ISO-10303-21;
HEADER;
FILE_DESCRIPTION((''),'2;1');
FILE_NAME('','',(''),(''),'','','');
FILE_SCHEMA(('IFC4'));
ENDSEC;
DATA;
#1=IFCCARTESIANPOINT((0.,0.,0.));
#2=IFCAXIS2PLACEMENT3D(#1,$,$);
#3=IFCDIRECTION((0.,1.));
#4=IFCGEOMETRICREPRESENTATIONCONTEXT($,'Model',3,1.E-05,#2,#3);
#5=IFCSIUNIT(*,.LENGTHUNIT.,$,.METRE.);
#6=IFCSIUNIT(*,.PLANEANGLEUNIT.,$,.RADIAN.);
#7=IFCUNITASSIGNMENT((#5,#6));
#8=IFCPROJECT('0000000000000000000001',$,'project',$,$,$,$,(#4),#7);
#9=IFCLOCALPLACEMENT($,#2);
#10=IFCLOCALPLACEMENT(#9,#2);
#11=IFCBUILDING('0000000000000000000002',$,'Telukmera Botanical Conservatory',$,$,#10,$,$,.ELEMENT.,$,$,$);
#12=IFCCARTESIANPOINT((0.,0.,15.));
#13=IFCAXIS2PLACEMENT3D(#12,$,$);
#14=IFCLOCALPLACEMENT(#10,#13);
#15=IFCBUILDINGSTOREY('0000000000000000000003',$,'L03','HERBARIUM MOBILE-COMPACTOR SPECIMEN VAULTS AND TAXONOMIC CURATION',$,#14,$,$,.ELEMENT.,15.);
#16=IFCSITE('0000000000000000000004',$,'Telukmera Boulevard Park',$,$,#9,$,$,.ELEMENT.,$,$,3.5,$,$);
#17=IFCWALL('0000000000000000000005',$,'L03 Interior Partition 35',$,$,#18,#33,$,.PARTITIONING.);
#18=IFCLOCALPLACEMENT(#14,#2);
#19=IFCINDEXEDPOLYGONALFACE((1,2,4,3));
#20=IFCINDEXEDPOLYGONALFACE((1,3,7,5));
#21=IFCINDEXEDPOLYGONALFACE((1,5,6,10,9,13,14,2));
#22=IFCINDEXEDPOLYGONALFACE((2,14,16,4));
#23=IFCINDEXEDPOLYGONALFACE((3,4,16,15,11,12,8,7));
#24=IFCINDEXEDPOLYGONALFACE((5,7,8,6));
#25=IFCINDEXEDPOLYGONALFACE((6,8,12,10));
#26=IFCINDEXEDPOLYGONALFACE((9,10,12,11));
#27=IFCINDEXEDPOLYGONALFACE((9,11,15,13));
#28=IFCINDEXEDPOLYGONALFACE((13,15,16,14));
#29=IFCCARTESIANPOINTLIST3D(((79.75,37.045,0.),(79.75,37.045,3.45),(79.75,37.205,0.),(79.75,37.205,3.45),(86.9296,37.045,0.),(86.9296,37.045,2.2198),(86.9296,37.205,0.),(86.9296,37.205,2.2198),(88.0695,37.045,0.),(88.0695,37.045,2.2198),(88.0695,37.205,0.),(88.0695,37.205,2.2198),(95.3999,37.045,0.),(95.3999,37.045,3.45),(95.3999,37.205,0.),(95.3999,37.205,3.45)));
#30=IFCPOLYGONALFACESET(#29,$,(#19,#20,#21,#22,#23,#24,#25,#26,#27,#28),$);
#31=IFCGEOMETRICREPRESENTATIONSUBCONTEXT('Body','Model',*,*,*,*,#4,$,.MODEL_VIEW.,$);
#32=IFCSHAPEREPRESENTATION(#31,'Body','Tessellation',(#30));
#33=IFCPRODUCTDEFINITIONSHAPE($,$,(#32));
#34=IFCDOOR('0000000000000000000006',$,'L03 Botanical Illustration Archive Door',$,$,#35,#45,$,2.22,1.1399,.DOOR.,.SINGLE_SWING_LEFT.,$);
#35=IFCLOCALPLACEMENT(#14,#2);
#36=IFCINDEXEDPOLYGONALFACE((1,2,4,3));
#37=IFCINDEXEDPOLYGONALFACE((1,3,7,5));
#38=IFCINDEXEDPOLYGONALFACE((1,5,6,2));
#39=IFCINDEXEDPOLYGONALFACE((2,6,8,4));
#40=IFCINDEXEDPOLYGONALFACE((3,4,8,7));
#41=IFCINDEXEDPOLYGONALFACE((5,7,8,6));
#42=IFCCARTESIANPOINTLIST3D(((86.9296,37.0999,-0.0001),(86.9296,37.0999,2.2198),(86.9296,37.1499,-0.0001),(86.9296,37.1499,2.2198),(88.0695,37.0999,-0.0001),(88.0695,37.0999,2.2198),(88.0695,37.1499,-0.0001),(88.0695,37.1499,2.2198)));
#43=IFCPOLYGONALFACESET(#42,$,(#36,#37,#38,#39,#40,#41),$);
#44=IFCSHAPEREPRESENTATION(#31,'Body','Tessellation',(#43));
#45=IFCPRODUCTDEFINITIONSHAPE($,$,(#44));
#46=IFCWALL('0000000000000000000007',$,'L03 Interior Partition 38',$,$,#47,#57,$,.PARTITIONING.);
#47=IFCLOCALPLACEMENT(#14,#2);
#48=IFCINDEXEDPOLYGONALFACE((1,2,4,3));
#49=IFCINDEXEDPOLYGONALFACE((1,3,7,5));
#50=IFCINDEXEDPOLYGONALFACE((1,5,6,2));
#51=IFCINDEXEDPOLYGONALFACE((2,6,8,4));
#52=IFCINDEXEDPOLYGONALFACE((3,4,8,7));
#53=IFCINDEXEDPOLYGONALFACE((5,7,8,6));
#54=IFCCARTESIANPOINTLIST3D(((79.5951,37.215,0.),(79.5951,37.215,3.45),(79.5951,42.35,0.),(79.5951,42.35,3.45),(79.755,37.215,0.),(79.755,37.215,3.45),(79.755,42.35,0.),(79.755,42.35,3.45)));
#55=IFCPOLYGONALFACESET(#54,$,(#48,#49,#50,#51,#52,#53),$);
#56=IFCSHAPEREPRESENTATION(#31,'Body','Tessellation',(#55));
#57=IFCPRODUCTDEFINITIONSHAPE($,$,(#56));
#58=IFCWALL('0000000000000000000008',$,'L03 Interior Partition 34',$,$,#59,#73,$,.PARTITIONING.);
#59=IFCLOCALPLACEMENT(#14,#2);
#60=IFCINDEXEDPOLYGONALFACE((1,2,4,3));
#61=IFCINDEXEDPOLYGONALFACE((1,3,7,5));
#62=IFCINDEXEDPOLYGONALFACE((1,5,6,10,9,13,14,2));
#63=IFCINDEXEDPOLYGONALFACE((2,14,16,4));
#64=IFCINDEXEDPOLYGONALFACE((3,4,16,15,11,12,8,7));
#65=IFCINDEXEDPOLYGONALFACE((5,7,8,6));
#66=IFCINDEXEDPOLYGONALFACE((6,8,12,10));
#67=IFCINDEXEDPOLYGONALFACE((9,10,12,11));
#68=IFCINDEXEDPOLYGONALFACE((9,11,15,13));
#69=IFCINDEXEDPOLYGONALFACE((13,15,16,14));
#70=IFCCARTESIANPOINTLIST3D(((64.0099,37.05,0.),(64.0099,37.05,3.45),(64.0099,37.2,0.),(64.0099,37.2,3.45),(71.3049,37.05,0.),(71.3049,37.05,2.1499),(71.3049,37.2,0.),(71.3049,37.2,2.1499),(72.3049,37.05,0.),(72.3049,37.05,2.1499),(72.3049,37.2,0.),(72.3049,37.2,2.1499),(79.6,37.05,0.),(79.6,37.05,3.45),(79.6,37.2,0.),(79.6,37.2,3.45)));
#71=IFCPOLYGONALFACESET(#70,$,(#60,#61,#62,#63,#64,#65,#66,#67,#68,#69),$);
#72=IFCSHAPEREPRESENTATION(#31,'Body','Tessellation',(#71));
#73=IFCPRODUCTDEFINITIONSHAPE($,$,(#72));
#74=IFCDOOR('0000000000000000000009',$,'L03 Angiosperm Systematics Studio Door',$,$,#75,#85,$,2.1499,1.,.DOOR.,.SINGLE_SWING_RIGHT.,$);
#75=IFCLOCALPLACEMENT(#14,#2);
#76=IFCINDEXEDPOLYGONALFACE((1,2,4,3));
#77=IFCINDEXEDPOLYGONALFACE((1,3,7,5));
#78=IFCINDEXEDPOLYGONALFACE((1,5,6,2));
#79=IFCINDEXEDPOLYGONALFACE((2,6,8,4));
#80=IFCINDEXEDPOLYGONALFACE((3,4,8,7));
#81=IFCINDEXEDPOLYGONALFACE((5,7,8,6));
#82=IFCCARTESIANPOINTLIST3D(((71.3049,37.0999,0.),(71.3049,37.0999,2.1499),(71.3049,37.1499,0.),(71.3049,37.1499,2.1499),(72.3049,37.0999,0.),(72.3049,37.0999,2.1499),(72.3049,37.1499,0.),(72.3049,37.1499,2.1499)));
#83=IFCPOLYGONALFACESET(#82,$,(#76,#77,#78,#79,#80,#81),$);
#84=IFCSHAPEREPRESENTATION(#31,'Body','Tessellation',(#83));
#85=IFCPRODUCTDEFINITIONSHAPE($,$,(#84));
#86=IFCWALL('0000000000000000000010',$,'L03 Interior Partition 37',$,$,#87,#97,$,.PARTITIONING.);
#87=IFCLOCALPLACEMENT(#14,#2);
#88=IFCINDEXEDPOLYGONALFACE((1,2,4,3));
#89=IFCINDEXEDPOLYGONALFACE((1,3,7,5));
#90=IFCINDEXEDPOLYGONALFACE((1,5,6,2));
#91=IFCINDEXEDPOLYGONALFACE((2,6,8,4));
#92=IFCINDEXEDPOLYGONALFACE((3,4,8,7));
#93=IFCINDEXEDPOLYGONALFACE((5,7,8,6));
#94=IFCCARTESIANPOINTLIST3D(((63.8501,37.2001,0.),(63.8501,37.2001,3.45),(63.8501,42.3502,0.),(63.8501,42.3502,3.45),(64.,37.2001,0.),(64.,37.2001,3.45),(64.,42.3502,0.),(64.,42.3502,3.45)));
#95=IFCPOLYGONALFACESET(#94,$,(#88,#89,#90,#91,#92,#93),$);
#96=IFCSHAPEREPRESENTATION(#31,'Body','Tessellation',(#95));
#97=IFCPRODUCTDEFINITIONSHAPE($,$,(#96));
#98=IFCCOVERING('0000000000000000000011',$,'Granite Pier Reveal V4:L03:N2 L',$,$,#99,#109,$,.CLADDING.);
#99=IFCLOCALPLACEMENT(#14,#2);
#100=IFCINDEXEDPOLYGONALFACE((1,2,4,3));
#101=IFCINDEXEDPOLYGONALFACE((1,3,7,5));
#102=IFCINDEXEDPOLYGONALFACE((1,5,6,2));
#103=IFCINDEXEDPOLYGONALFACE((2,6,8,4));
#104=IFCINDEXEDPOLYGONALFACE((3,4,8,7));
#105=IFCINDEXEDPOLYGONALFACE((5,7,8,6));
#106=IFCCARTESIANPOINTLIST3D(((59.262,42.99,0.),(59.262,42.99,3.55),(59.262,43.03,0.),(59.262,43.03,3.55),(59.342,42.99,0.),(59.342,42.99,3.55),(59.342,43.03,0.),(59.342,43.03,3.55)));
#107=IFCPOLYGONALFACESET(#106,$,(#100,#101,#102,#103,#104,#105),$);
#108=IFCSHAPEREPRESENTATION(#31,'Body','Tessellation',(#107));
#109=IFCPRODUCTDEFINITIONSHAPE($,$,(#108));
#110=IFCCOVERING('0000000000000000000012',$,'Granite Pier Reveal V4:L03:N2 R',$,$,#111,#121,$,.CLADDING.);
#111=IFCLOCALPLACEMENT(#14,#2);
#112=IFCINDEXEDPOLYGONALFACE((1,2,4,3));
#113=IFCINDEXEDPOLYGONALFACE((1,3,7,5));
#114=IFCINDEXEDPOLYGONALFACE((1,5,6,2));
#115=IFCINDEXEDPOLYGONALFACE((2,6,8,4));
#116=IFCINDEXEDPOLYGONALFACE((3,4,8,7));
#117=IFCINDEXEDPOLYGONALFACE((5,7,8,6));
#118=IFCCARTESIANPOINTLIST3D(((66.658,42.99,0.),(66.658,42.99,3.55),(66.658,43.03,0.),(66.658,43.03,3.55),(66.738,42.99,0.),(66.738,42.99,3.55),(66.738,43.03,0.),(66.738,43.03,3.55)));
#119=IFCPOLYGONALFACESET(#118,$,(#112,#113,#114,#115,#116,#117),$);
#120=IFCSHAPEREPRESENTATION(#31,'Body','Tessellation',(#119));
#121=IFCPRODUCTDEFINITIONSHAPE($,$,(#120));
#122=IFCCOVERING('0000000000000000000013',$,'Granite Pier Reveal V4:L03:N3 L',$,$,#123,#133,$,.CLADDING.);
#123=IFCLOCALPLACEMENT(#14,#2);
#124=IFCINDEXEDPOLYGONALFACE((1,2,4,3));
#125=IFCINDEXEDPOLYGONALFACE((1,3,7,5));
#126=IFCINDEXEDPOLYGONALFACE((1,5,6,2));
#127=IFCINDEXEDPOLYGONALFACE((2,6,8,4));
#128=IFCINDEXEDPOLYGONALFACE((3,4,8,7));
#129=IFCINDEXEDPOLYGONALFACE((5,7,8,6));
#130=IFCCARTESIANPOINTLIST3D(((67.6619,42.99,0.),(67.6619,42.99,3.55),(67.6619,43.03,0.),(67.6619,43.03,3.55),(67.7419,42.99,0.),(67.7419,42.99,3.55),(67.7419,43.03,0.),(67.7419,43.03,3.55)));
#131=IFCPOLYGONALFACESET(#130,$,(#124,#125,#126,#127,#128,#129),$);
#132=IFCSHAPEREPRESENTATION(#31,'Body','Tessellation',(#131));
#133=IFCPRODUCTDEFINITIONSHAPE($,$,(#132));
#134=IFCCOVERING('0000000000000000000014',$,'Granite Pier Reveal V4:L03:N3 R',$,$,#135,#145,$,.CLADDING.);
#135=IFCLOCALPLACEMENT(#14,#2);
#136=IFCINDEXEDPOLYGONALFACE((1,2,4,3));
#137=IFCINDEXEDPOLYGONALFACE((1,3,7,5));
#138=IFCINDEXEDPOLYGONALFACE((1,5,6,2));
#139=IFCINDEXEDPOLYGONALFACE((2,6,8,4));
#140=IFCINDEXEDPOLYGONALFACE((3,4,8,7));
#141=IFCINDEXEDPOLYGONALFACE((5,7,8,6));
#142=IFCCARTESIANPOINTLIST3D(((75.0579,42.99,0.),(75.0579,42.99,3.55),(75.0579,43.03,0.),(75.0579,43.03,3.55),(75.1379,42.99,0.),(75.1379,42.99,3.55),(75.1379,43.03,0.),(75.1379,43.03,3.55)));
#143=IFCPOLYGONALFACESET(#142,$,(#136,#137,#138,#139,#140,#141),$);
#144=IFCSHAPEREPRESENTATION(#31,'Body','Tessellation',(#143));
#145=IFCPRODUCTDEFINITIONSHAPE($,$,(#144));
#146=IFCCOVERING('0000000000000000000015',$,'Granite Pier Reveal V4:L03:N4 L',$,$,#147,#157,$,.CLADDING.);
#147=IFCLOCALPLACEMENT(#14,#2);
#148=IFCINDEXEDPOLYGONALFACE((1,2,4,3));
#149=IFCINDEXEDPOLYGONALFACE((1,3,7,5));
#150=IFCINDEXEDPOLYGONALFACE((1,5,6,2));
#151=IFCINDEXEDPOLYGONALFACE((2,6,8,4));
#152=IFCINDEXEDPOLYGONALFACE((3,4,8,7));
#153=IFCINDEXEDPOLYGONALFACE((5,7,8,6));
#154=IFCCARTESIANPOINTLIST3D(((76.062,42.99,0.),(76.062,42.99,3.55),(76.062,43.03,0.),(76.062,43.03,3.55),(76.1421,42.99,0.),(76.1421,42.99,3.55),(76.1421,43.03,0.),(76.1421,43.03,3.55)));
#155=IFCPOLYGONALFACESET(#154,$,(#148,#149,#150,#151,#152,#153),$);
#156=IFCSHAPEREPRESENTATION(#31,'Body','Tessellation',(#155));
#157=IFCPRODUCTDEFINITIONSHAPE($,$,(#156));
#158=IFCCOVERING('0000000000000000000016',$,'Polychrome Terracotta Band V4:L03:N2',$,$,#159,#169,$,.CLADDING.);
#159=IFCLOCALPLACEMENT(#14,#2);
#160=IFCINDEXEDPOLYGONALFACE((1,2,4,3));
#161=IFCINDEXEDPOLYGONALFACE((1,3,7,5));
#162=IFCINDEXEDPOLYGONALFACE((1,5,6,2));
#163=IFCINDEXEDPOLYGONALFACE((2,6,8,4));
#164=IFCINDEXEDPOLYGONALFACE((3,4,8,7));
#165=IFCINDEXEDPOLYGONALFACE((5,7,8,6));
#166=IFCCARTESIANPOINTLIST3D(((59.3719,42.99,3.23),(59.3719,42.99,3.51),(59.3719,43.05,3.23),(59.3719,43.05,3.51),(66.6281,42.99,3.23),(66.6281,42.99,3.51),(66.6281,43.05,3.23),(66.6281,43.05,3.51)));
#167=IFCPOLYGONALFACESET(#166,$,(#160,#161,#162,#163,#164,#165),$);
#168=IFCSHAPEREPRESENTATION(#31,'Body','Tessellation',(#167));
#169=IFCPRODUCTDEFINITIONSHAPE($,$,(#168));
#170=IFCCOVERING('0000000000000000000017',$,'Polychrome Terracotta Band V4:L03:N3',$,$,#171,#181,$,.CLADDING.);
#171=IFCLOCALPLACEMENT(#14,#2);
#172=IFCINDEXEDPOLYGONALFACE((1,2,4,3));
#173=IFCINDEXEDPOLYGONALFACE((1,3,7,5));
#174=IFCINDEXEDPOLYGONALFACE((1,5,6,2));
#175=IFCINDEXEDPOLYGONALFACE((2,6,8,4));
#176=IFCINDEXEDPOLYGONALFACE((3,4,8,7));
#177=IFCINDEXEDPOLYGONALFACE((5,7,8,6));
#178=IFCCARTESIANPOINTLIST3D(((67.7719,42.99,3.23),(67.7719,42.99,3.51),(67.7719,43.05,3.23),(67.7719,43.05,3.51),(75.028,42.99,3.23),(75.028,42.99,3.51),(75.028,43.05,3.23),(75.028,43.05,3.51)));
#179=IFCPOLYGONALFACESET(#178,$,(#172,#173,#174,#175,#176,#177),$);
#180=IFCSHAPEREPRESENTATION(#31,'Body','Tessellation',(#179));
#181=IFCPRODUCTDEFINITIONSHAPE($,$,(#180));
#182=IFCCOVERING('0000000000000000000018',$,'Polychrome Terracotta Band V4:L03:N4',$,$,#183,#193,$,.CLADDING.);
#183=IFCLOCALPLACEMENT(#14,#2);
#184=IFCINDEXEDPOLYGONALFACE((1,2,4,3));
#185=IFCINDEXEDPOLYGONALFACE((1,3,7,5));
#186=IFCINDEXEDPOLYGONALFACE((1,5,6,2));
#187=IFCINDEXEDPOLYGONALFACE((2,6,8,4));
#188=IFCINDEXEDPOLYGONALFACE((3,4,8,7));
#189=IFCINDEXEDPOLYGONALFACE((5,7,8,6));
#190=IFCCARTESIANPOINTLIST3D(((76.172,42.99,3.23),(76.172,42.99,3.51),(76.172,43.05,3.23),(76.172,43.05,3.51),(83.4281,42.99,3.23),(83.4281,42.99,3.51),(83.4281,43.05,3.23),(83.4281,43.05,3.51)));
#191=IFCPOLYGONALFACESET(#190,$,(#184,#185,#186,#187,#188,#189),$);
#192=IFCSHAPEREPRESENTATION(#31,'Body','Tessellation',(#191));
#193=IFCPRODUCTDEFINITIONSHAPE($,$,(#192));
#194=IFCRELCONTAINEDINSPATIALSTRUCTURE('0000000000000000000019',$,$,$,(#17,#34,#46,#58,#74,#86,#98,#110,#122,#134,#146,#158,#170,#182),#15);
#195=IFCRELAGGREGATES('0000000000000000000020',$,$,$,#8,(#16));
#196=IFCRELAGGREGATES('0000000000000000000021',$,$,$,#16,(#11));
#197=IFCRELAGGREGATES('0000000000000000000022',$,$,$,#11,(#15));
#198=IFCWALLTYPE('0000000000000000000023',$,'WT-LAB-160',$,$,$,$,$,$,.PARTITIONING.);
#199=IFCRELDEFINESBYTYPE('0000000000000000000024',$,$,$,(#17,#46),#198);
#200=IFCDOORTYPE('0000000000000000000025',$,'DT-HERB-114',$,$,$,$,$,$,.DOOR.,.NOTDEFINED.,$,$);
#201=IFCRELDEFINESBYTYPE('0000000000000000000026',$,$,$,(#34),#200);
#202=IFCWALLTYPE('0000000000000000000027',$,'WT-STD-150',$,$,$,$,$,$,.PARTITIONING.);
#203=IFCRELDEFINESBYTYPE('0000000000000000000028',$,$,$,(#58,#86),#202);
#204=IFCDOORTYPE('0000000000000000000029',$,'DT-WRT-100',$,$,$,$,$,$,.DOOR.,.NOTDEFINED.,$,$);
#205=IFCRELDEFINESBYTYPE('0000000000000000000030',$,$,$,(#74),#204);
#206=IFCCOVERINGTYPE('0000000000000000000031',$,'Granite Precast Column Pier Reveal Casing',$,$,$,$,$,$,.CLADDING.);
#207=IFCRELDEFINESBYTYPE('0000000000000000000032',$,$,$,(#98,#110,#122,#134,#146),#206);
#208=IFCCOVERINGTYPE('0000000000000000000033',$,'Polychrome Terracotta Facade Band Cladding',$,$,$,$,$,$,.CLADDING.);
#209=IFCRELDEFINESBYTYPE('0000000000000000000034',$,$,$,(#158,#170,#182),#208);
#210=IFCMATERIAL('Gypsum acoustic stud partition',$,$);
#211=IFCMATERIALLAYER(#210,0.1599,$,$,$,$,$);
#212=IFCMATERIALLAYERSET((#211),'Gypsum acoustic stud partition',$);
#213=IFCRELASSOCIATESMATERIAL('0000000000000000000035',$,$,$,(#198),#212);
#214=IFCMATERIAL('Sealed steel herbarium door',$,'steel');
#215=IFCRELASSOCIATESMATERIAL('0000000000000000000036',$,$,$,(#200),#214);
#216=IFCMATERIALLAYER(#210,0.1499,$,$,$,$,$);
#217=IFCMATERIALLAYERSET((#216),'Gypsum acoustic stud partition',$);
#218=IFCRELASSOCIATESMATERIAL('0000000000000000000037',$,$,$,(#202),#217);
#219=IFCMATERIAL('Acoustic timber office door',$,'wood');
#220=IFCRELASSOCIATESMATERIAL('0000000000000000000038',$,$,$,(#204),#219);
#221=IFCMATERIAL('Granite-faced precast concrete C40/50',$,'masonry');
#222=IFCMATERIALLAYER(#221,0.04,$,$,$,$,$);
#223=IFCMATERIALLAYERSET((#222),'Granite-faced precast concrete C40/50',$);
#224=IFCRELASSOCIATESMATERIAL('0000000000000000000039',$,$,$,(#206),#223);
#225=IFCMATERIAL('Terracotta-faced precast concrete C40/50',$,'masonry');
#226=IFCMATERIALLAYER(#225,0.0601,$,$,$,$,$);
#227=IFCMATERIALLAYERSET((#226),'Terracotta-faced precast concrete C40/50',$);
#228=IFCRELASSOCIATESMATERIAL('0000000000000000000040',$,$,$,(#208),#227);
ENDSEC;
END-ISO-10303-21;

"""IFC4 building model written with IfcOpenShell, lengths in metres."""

from ifc_helpers import new_model, si_unit, direction, frame, frame_2d, origin, origin_2d, place, context, subcontext, project, spatial, rectangle, extrude, material, layer, layer_set, type_object, element, fill, save


model = new_model("IFC4")

# Units and contexts
model_context = context("Model", 3, precision=1e-05, world=origin(), true_north=direction((0.0, 1.0)))
body_context = subcontext(model_context, "Body", "Model", "MODEL_VIEW")
ifc_project = project(units=[si_unit("LENGTHUNIT", "METRE"), si_unit("PLANEANGLEUNIT", "RADIAN")], contexts=[model_context])

# Site, building, storey
site_placement = place(None, origin())
site = spatial("IfcSite", under=ifc_project, at=site_placement, Name="Telukmera Boulevard Park", CompositionType="ELEMENT", RefElevation=3.5)
building_placement = place(site_placement, origin())
building = spatial("IfcBuilding", under=site, at=building_placement, Name="Telukmera Botanical Conservatory", CompositionType="ELEMENT")
storey_placement = place(building_placement, frame((0.0, 0.0, 15.0)))
storey = spatial("IfcBuildingStorey", under=building, at=storey_placement, Name="L03", Description="HERBARIUM MOBILE-COMPACTOR SPECIMEN VAULTS AND TAXONOMIC CURATION", CompositionType="ELEMENT", Elevation=15.0)

# Shared definitions
ifc_material_1 = material(Name="Terracotta-faced precast concrete C40/50", Category="masonry")

# Wall, opening, door
ifc_material_2 = material(Name="Gypsum acoustic stud partition")
ifc_layer_1 = layer(ifc_material_2, 0.1599)
ifc_layer_set_1 = layer_set([ifc_layer_1], Name="Gypsum acoustic stud partition")
wall_type_1 = type_object("IfcWallType", Name="WT-LAB-160", PredefinedType="PARTITIONING", material=ifc_layer_set_1)
wall_1_placement = place(storey_placement, frame((79.75, 37.125, 0.0), z_axis=(0.0, 0.0, 1.0), x_axis=(1.0, 0.0, 0.0)))
wall_1 = element("IfcWall", 1, at=wall_1_placement, inside=storey, type_object=wall_type_1, Name="L03 Interior Partition 35", PredefinedType="PARTITIONING", context=body_context, shape_type="SweptSolid", body=[
    extrude(rectangle(XDim=15.6499, YDim=0.1599, at=frame_2d((7.825, 0.0))), origin(), (0.0, 0.0, 1.0), 3.45),
])
opening_1_placement = place(wall_1_placement, frame((7.1797, 0.0, 0.0)))
opening_1 = element("IfcOpeningElement", 2, at=opening_1_placement, cuts=wall_1, PredefinedType="OPENING", context=body_context, shape_type="SweptSolid", body=[
    extrude(rectangle(XDim=1.1399, YDim=2.22, at=frame_2d((0.5698, 1.1099))), frame((0.0, 0.0898, 0.0), z_axis=(0.0, -1.0, 0.0), x_axis=(1.0, 0.0, 0.0)), (0.0, 0.0, 1.0), 0.1799),
])
ifc_material_3 = material(Name="Sealed steel herbarium door", Category="steel")
door_type_1 = type_object("IfcDoorType", Name="DT-HERB-114", OperationType="NOTDEFINED", PredefinedType="DOOR", material=ifc_material_3)
door_1_placement = place(opening_1_placement, origin())
door_1 = element("IfcDoor", 3, at=door_1_placement, inside=storey, type_object=door_type_1, Name="L03 Botanical Illustration Archive Door", OperationType="SINGLE_SWING_LEFT", OverallHeight=2.22, OverallWidth=1.1399, PredefinedType="DOOR", context=body_context, shape_type="SweptSolid", body=[
    extrude(rectangle(XDim=1.1399, YDim=2.22, at=frame_2d((0.5698, 1.1099))), frame((0.0, 0.0249, 0.0), z_axis=(0.0, -1.0, 0.0), x_axis=(1.0, 0.0, 0.0)), (0.0, 0.0, 1.0), 0.05),
])
fill(opening_1, door_1)

# Wall
wall_2_placement = place(storey_placement, frame((79.675, 37.2151, 0.0), z_axis=(0.0, 0.0, 1.0), x_axis=(0.0, 1.0, 0.0)))
element("IfcWall", 4, at=wall_2_placement, inside=storey, type_object=wall_type_1, Name="L03 Interior Partition 38", PredefinedType="PARTITIONING", context=body_context, shape_type="SweptSolid", body=[
    extrude(rectangle(XDim=5.135, YDim=0.1599, at=frame_2d((2.5674, 0.0))), origin(), (0.0, 0.0, 1.0), 3.45),
])

# Wall, opening, door
ifc_layer_2 = layer(ifc_material_2, 0.1499)
ifc_layer_set_2 = layer_set([ifc_layer_2], Name="Gypsum acoustic stud partition")
wall_type_2 = type_object("IfcWallType", Name="WT-STD-150", PredefinedType="PARTITIONING", material=ifc_layer_set_2)
wall_3_placement = place(storey_placement, frame((64.01, 37.125, 0.0), z_axis=(0.0, 0.0, 1.0), x_axis=(1.0, 0.0, 0.0)))
wall_3 = element("IfcWall", 5, at=wall_3_placement, inside=storey, type_object=wall_type_2, Name="L03 Interior Partition 34", PredefinedType="PARTITIONING", context=body_context, shape_type="SweptSolid", body=[
    extrude(rectangle(XDim=15.5901, YDim=0.1499, at=frame_2d((7.7949, 0.0))), origin(), (0.0, 0.0, 1.0), 3.45),
])
opening_2_placement = place(wall_3_placement, frame((7.2949, 0.0, 0.0)))
opening_2 = element("IfcOpeningElement", 6, at=opening_2_placement, cuts=wall_3, PredefinedType="OPENING", context=body_context, shape_type="SweptSolid", body=[
    extrude(rectangle(XDim=1.0, YDim=2.1499, at=frame_2d((0.5, 1.075))), frame((0.0, 0.085, 0.0), z_axis=(0.0, -1.0, 0.0), x_axis=(1.0, 0.0, 0.0)), (0.0, 0.0, 1.0), 0.1699),
])
ifc_material_4 = material(Name="Acoustic timber office door", Category="wood")
door_type_2 = type_object("IfcDoorType", Name="DT-WRT-100", OperationType="NOTDEFINED", PredefinedType="DOOR", material=ifc_material_4)
door_2_placement = place(opening_2_placement, origin())
door_2 = element("IfcDoor", 7, at=door_2_placement, inside=storey, type_object=door_type_2, Name="L03 Angiosperm Systematics Studio Door", OperationType="SINGLE_SWING_RIGHT", OverallHeight=2.1499, OverallWidth=1.0, PredefinedType="DOOR", context=body_context, shape_type="SweptSolid", body=[
    extrude(rectangle(XDim=1.0, YDim=2.1499, at=frame_2d((0.5, 1.075))), frame((0.0, 0.0249, 0.0), z_axis=(0.0, -1.0, 0.0), x_axis=(1.0, 0.0, 0.0)), (0.0, 0.0, 1.0), 0.05),
])
fill(opening_2, door_2)

# Wall
wall_4_placement = place(storey_placement, frame((63.925, 37.2, 0.0), z_axis=(0.0, 0.0, 1.0), x_axis=(0.0, 1.0, 0.0)))
element("IfcWall", 8, at=wall_4_placement, inside=storey, type_object=wall_type_2, Name="L03 Interior Partition 37", PredefinedType="PARTITIONING", context=body_context, shape_type="SweptSolid", body=[
    extrude(rectangle(XDim=5.1501, YDim=0.1499, at=frame_2d((2.5752, 0.0))), origin(), (0.0, 0.0, 1.0), 3.45),
])

# Coverings
ifc_material_5 = material(Name="Granite-faced precast concrete C40/50", Category="masonry")
ifc_layer_3 = layer(ifc_material_5, 0.04)
ifc_layer_set_3 = layer_set([ifc_layer_3], Name="Granite-faced precast concrete C40/50")
covering_type_1 = type_object("IfcCoveringType", Name="Granite Precast Column Pier Reveal Casing", PredefinedType="CLADDING", material=ifc_layer_set_3)
for number, where, z_axis, x_axis, name in (
    (9, (59.302, 43.01, 0.0), (0.0, 0.0, 1.0), (1.0, 0.0, 0.0), "Granite Pier Reveal V4:L03:N2 L"),
    (10, (66.698, 43.01, 0.0), (0.0, 0.0, 1.0), (1.0, 0.0, 0.0), "Granite Pier Reveal V4:L03:N2 R"),
    (11, (67.7019, 43.01, 0.0), (0.0, 0.0, 1.0), (1.0, 0.0, 0.0), "Granite Pier Reveal V4:L03:N3 L"),
    (12, (75.0979, 43.01, 0.0), (0.0, 0.0, 1.0), (1.0, 0.0, 0.0), "Granite Pier Reveal V4:L03:N3 R"),
    (13, (76.1021, 43.01, 0.0), (0.0, 0.0, 1.0), (1.0, 0.0, 0.0), "Granite Pier Reveal V4:L03:N4 L"),
):
    element("IfcCovering", number, at=place(storey_placement, frame(where, z_axis=z_axis, x_axis=x_axis)), inside=storey, type_object=covering_type_1, Name=name, PredefinedType="CLADDING", context=body_context, shape_type="SweptSolid", body=[
        extrude(rectangle(XDim=0.0801, YDim=0.04, at=origin_2d()), origin(), (0.0, 0.0, 1.0), 3.55),
    ])
ifc_layer_4 = layer(ifc_material_1, 0.0601)
ifc_layer_set_4 = layer_set([ifc_layer_4], Name="Terracotta-faced precast concrete C40/50")
covering_type_2 = type_object("IfcCoveringType", Name="Polychrome Terracotta Facade Band Cladding", PredefinedType="CLADDING", material=ifc_layer_set_4)
for number, where, z_axis, x_axis, name in (
    (14, (63.0, 43.02, 3.23), (0.0, 0.0, 1.0), (1.0, 0.0, 0.0), "Polychrome Terracotta Band V4:L03:N2"),
    (15, (71.3999, 43.02, 3.23), (0.0, 0.0, 1.0), (1.0, 0.0, 0.0), "Polychrome Terracotta Band V4:L03:N3"),
    (16, (79.8, 43.02, 3.23), (0.0, 0.0, 1.0), (1.0, 0.0, 0.0), "Polychrome Terracotta Band V4:L03:N4"),
):
    element("IfcCovering", number, at=place(storey_placement, frame(where, z_axis=z_axis, x_axis=x_axis)), inside=storey, type_object=covering_type_2, Name=name, PredefinedType="CLADDING", context=body_context, shape_type="SweptSolid", body=[
        extrude(rectangle(XDim=7.2561, YDim=0.0601, at=origin_2d()), origin(), (0.0, 0.0, 1.0), 0.28),
    ])

save(model, "model.ifc")
